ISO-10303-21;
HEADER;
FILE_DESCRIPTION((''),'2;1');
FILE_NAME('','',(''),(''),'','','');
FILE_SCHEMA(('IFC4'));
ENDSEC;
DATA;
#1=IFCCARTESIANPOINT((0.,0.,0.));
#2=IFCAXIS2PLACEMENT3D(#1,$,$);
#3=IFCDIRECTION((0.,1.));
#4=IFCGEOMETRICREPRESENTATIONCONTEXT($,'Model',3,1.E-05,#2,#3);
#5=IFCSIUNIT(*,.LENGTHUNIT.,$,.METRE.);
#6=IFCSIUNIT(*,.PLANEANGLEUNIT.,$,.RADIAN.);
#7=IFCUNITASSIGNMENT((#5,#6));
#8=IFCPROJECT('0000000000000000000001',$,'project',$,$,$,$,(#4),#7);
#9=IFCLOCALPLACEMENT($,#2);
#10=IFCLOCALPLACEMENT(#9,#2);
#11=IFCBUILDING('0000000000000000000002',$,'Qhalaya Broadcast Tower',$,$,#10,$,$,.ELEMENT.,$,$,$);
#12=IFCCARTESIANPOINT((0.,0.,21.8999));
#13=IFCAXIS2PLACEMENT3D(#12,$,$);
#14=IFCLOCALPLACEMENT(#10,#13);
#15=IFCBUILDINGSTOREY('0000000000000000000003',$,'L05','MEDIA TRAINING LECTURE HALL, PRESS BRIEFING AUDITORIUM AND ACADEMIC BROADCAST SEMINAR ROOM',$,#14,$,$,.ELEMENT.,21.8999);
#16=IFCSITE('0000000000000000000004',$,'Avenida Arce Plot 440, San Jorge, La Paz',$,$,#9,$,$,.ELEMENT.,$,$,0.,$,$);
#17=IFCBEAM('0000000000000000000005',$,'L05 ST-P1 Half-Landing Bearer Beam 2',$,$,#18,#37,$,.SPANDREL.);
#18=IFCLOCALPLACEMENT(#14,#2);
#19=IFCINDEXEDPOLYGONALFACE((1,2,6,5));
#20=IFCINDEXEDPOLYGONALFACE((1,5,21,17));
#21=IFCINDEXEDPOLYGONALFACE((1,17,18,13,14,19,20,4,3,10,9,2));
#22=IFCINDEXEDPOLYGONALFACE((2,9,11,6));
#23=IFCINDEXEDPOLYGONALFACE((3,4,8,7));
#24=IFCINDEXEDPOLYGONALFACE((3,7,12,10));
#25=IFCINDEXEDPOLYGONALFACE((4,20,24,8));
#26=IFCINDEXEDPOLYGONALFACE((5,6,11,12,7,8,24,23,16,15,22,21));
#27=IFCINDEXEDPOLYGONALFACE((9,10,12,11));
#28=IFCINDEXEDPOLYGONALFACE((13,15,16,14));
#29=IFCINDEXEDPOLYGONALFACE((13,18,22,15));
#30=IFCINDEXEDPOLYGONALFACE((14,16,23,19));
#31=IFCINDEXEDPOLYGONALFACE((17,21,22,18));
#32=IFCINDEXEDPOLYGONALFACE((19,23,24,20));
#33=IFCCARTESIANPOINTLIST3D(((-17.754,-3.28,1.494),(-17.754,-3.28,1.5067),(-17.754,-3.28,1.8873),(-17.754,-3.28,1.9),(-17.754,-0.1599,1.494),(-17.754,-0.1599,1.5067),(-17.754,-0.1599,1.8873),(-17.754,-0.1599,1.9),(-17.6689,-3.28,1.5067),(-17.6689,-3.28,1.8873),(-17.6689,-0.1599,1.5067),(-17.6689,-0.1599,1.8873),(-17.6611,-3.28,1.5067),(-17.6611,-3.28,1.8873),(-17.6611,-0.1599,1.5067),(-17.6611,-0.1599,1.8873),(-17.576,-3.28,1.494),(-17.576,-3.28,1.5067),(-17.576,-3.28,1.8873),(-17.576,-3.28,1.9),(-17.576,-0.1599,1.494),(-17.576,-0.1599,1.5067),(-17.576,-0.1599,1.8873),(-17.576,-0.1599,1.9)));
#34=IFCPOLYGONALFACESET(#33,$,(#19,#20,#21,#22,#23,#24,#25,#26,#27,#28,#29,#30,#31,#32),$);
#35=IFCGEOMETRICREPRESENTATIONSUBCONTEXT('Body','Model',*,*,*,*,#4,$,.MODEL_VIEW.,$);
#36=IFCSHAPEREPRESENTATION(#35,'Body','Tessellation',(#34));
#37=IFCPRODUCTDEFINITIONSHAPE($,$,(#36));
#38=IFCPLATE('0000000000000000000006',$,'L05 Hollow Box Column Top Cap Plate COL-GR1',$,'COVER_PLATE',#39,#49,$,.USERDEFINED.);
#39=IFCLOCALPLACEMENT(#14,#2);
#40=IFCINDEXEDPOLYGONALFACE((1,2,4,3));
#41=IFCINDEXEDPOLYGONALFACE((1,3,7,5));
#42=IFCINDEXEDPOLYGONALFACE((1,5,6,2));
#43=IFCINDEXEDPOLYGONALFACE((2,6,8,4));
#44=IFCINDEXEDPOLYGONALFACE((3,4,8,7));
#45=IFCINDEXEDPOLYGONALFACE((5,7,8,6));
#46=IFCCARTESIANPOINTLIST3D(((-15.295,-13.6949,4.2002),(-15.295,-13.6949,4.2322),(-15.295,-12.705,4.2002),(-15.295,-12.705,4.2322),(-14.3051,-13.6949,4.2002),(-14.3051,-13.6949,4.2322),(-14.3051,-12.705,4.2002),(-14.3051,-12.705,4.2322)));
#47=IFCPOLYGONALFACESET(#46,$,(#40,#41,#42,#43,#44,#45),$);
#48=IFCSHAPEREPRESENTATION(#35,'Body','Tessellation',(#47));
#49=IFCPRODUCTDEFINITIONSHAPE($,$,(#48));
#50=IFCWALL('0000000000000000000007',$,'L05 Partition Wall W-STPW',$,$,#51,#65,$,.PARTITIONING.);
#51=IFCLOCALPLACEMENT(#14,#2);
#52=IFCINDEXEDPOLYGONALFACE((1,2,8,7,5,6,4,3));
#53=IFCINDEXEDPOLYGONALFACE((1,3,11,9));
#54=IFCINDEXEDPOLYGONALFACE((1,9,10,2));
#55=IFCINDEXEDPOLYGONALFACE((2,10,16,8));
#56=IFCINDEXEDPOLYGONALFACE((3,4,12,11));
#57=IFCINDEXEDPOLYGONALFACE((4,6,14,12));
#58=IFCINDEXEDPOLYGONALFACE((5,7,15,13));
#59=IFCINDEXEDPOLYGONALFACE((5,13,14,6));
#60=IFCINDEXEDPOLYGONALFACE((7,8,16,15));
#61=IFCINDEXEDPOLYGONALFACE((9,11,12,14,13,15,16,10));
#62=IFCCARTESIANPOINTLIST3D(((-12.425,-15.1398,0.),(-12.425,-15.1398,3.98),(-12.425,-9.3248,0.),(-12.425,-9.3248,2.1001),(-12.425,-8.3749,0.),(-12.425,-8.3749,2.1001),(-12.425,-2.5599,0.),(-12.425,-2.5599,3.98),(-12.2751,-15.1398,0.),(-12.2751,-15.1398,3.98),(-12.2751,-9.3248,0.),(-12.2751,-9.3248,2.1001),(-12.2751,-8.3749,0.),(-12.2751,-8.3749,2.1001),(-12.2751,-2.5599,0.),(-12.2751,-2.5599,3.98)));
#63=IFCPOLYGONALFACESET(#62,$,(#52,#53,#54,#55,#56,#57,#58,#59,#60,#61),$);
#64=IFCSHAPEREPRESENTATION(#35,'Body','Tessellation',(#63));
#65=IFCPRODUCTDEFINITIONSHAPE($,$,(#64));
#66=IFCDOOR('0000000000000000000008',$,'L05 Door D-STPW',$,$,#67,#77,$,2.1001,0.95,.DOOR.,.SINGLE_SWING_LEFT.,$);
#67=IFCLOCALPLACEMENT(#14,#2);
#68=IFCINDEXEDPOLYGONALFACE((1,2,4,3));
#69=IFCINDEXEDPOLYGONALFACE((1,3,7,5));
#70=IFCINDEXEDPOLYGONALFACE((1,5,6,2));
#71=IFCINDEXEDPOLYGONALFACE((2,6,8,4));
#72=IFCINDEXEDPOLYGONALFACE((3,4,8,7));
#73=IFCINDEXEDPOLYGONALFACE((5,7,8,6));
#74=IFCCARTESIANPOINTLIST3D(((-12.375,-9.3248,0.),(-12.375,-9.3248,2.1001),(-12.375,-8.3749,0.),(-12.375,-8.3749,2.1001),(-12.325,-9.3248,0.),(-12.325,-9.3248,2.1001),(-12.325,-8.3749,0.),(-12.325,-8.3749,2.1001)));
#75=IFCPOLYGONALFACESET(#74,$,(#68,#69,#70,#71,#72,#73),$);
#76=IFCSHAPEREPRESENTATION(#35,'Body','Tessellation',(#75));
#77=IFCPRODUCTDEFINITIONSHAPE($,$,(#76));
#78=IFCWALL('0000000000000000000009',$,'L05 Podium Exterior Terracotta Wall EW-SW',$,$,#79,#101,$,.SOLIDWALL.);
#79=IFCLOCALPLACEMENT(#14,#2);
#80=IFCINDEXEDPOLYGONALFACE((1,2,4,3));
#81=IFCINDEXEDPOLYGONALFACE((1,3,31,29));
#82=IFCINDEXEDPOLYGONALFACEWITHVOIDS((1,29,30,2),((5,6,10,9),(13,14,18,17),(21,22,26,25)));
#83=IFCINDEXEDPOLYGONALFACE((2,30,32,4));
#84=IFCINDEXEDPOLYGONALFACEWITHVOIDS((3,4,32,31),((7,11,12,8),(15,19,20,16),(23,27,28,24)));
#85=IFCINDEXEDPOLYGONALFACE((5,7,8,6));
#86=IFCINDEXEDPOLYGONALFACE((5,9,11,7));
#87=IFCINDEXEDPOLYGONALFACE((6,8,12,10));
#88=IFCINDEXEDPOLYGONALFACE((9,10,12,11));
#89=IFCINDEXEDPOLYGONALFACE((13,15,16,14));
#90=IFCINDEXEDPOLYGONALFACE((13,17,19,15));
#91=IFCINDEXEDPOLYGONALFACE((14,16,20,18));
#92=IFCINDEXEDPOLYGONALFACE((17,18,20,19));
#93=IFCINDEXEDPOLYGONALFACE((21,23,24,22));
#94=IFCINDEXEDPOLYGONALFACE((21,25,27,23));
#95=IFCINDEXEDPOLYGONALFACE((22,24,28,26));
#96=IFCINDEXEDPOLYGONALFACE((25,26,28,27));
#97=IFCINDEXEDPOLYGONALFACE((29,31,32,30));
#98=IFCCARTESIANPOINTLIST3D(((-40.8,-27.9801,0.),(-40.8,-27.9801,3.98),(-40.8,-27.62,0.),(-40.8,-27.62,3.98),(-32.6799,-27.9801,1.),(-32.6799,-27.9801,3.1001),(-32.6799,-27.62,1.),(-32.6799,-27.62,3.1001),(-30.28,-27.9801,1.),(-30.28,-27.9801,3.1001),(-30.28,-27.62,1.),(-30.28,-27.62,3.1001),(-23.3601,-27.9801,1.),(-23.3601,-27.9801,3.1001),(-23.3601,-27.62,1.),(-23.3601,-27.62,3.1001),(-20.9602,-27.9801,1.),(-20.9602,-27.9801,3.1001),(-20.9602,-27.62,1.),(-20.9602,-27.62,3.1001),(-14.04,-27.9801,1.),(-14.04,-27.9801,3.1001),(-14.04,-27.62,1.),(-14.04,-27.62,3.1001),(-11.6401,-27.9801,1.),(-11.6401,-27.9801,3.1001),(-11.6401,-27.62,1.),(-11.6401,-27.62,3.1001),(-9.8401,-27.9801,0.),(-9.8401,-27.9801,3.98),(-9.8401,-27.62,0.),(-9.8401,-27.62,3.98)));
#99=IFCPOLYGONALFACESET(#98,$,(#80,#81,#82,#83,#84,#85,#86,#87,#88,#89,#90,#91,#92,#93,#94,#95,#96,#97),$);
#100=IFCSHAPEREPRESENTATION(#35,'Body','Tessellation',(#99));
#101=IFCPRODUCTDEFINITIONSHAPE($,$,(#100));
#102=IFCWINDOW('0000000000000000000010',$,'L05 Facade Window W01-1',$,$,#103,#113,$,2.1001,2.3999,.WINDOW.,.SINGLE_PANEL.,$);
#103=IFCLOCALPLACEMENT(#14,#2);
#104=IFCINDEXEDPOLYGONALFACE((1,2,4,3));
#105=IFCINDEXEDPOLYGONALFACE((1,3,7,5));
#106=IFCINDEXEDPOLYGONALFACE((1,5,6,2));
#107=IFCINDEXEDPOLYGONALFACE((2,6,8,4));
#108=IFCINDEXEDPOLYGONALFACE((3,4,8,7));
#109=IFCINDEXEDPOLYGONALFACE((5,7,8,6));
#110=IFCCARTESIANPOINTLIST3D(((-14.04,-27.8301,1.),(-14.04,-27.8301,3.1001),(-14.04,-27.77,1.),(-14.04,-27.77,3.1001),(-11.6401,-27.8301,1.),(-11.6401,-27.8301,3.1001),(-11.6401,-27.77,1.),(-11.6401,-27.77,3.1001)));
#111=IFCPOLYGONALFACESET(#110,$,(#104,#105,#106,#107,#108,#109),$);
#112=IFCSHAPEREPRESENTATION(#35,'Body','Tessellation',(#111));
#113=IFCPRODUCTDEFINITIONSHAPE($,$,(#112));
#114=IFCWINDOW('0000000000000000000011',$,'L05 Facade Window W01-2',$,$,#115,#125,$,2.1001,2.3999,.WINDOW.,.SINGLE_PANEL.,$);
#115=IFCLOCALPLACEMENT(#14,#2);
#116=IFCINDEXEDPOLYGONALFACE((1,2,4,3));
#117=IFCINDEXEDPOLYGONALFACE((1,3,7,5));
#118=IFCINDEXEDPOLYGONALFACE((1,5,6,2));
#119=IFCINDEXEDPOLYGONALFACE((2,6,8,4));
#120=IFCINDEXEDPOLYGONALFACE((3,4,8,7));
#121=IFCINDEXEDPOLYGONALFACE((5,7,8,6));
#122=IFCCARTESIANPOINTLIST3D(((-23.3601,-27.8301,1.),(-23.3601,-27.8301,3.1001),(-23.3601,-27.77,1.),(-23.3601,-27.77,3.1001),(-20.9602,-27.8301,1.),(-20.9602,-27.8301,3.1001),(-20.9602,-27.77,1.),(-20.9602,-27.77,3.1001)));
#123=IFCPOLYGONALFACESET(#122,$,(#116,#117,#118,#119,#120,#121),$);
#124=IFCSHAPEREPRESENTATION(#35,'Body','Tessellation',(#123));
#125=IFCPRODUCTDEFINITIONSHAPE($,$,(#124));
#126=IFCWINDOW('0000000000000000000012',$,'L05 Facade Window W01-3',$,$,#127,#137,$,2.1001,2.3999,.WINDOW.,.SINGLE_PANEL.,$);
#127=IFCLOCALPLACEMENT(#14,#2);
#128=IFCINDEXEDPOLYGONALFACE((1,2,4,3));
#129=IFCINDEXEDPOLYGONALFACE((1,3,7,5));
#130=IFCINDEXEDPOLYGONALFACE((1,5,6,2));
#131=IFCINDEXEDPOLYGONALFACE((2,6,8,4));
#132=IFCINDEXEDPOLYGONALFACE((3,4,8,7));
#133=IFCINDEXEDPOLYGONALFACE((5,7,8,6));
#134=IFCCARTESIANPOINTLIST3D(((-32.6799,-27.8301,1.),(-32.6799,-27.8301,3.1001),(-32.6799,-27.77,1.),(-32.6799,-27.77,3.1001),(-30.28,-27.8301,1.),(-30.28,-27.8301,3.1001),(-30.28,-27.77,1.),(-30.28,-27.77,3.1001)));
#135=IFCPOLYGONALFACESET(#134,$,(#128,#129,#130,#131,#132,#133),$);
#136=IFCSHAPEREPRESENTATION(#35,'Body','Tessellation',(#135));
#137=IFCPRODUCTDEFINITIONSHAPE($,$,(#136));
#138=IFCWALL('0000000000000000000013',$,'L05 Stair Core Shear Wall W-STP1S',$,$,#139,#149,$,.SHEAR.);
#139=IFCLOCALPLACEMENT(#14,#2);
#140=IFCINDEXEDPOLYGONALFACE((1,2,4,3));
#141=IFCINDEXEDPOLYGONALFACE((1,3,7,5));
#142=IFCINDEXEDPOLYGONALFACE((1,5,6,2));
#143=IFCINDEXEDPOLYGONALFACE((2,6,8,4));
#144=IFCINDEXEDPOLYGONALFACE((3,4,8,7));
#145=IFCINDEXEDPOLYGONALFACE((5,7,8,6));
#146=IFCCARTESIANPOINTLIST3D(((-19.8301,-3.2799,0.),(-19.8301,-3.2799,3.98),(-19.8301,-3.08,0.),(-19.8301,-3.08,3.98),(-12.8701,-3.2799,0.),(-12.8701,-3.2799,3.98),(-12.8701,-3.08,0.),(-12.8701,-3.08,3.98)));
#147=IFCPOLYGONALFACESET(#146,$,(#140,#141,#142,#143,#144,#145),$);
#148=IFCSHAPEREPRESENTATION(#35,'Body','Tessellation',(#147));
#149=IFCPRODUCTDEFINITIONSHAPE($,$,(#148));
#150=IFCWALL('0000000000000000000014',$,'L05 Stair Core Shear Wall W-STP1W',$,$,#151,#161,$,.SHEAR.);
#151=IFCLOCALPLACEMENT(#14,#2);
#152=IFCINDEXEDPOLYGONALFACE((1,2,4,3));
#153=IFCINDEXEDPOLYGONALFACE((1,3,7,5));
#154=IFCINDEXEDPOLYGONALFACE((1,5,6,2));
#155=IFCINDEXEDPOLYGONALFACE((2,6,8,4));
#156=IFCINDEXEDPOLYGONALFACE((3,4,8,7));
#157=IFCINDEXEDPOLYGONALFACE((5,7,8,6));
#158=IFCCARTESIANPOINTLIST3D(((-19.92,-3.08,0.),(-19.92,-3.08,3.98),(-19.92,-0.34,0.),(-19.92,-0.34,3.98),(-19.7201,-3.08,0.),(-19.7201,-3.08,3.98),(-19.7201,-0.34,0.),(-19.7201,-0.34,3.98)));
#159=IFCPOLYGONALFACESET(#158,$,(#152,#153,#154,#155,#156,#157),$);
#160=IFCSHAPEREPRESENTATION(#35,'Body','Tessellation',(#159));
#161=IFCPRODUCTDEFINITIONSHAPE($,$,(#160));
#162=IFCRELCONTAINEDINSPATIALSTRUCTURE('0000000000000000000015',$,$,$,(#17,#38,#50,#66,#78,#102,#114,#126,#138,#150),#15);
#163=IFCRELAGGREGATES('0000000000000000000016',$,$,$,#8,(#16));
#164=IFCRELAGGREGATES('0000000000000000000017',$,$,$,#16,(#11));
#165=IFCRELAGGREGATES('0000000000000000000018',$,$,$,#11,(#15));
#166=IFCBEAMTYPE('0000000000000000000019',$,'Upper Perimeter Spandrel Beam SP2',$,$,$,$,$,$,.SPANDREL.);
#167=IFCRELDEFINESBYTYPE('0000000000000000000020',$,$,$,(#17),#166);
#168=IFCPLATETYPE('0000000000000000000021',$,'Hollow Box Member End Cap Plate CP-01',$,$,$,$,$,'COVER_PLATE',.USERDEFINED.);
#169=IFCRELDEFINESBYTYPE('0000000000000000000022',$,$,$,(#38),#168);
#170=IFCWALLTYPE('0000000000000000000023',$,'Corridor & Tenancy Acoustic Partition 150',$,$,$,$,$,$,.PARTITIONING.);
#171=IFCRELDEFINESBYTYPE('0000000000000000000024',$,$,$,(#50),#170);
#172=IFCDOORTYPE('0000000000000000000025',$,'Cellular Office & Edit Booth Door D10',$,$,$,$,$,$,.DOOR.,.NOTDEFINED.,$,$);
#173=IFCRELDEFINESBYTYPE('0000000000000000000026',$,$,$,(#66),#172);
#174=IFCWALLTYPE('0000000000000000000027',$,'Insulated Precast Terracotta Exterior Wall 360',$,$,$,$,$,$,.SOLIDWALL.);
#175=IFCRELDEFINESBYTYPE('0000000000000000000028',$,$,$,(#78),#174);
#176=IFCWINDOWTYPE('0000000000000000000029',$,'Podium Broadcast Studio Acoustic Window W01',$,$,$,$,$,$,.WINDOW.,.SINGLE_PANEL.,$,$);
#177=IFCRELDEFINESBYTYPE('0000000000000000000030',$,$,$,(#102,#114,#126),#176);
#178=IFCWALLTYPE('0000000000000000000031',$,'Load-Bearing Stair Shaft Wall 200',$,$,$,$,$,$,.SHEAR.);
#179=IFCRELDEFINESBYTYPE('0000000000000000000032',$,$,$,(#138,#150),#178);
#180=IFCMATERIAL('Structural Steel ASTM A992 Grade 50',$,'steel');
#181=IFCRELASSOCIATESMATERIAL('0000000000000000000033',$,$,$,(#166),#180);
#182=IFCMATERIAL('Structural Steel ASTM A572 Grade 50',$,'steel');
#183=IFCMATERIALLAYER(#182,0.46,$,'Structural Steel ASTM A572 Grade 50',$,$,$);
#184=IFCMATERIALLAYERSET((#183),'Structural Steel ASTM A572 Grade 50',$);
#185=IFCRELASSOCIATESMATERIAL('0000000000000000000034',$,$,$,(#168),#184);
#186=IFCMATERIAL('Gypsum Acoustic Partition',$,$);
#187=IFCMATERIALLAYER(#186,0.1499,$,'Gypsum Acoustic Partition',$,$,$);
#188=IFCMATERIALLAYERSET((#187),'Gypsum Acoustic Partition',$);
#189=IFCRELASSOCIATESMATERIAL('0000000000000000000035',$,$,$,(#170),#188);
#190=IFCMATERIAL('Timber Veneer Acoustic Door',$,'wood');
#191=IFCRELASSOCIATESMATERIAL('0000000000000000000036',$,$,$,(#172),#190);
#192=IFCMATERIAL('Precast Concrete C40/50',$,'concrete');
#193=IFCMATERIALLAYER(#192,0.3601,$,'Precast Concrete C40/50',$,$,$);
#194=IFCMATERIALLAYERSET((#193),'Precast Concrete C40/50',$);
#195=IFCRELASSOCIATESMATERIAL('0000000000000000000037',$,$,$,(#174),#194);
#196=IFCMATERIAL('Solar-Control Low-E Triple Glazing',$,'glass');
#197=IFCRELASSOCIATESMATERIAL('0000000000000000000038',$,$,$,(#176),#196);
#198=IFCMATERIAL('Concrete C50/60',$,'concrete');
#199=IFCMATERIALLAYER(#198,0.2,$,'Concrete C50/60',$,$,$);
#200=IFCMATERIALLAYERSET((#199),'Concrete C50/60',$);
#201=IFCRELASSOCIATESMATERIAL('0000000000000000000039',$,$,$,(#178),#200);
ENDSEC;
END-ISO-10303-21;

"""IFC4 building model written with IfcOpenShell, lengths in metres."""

from ifc_helpers import new_model, si_unit, direction, frame, frame_2d, origin, origin_2d, place, context, subcontext, project, spatial, rectangle, i_section, extrude, material, layer, layer_set, material_profile, profile_set, type_object, element, fill, save


model = new_model("IFC4")

# Units and contexts
model_context = context("Model", 3, precision=1e-05, world=origin(), true_north=direction((0.0, 1.0)))
body_context = subcontext(model_context, "Body", "Model", "MODEL_VIEW")
ifc_project = project(units=[si_unit("LENGTHUNIT", "METRE"), si_unit("PLANEANGLEUNIT", "RADIAN")], contexts=[model_context])

# Site, building, storey
site_placement = place(None, origin())
site = spatial("IfcSite", under=ifc_project, at=site_placement, Name="Avenida Arce Plot 440, San Jorge, La Paz", CompositionType="ELEMENT", RefElevation=0.0)
building_placement = place(site_placement, origin())
building = spatial("IfcBuilding", under=site, at=building_placement, Name="Qhalaya Broadcast Tower", CompositionType="ELEMENT")
storey_placement = place(building_placement, frame((0.0, 0.0, 21.8999)))
storey = spatial("IfcBuildingStorey", under=building, at=storey_placement, Name="L05", Description="MEDIA TRAINING LECTURE HALL, PRESS BRIEFING AUDITORIUM AND ACADEMIC BROADCAST SEMINAR ROOM", CompositionType="ELEMENT", Elevation=21.8999)

# Shared definitions
ifc_material_1 = material(Name="Structural Steel ASTM A572 Grade 50", Category="steel")

# Beam
ifc_material_2 = material(Name="Structural Steel ASTM A992 Grade 50", Category="steel")
ifc_material_profile_1 = material_profile(ifc_material_2, i_section(OverallWidth=0.178, OverallDepth=0.406, WebThickness=0.0078, FlangeThickness=0.0127, at=origin_2d()), Name="W16X40")
ifc_profile_set_1 = profile_set([ifc_material_profile_1], Name="Structural Steel ASTM A992 Grade 50")
beam_type_1 = type_object("IfcBeamType", Name="Upper Perimeter Spandrel Beam SP2", PredefinedType="SPANDREL", material=ifc_profile_set_1)
for number, where, z_axis, x_axis, name in (
    (1, (-17.665, -3.28, 1.697), (0.0, 1.0, 0.0), (-1.0, 0.0, 0.0), "L05 ST-P1 Half-Landing Bearer Beam 2"),
):
    element("IfcBeam", number, at=place(storey_placement, frame(where, z_axis=z_axis, x_axis=x_axis)), inside=storey, type_object=beam_type_1, Name=name, PredefinedType="SPANDREL", context=body_context, shape_type="SweptSolid", body=[
        extrude(i_section(OverallWidth=0.178, OverallDepth=0.406, WebThickness=0.0078, FlangeThickness=0.0127, at=origin_2d()), origin(), (0.0, 0.0, 1.0), 3.1201),
    ])

# Plate
ifc_layer_1 = layer(ifc_material_1, 0.46, Name="Structural Steel ASTM A572 Grade 50")
ifc_layer_set_1 = layer_set([ifc_layer_1], Name="Structural Steel ASTM A572 Grade 50")
plate_type = type_object("IfcPlateType", Name="Hollow Box Member End Cap Plate CP-01", ElementType="COVER_PLATE", PredefinedType="USERDEFINED", material=ifc_layer_set_1)
plate_placement = place(storey_placement, frame((-14.8, -13.2, 4.2002), z_axis=(0.0, 0.0, 1.0), x_axis=(1.0, 0.0, 0.0)))
element("IfcPlate", 2, at=plate_placement, inside=storey, type_object=plate_type, Name="L05 Hollow Box Column Top Cap Plate COL-GR1", ObjectType="COVER_PLATE", PredefinedType="USERDEFINED", context=body_context, shape_type="SweptSolid", body=[
    extrude(rectangle(XDim=0.99, YDim=0.99, at=origin_2d()), origin(), (0.0, 0.0, 1.0), 0.032),
])

# Wall, opening, door
ifc_material_3 = material(Name="Gypsum Acoustic Partition")
ifc_layer_2 = layer(ifc_material_3, 0.1499, Name="Gypsum Acoustic Partition")
ifc_layer_set_2 = layer_set([ifc_layer_2], Name="Gypsum Acoustic Partition")
wall_type_1 = type_object("IfcWallType", Name="Corridor & Tenancy Acoustic Partition 150", PredefinedType="PARTITIONING", material=ifc_layer_set_2)
wall_1_placement = place(storey_placement, frame((-12.3501, -15.1399, 0.0), z_axis=(0.0, 0.0, 1.0), x_axis=(0.0, 1.0, 0.0)))
wall_1 = element("IfcWall", 3, at=wall_1_placement, inside=storey, type_object=wall_type_1, Name="L05 Partition Wall W-STPW", PredefinedType="PARTITIONING", context=body_context, shape_type="SweptSolid", body=[
    extrude(rectangle(XDim=12.5798, YDim=0.1499, at=frame_2d((6.29, 0.0))), origin(), (0.0, 0.0, 1.0), 3.98),
])
opening_1_placement = place(wall_1_placement, frame((5.8149, 0.0, 0.0)))
opening_1 = element("IfcOpeningElement", 4, at=opening_1_placement, cuts=wall_1, PredefinedType="OPENING", context=body_context, shape_type="SweptSolid", body=[
    extrude(rectangle(XDim=0.95, YDim=2.1001, at=frame_2d((0.4751, 1.05))), frame((0.0, 0.0869, 0.0), z_axis=(0.0, -1.0, 0.0), x_axis=(1.0, 0.0, 0.0)), (0.0, 0.0, 1.0), 0.1738),
])
ifc_material_4 = material(Name="Timber Veneer Acoustic Door", Category="wood")
door_type = type_object("IfcDoorType", Name="Cellular Office & Edit Booth Door D10", OperationType="NOTDEFINED", PredefinedType="DOOR", material=ifc_material_4)
door_placement = place(opening_1_placement, origin())
door = element("IfcDoor", 5, at=door_placement, inside=storey, type_object=door_type, Name="L05 Door D-STPW", OperationType="SINGLE_SWING_LEFT", OverallHeight=2.1001, OverallWidth=0.95, PredefinedType="DOOR", context=body_context, shape_type="SweptSolid", body=[
    extrude(rectangle(XDim=0.95, YDim=2.1001, at=frame_2d((0.4751, 1.05))), frame((0.0, 0.0249, 0.0), z_axis=(0.0, -1.0, 0.0), x_axis=(1.0, 0.0, 0.0)), (0.0, 0.0, 1.0), 0.05),
])
fill(opening_1, door)

# Wall, openings, windows
ifc_material_5 = material(Name="Precast Concrete C40/50", Category="concrete")
ifc_layer_3 = layer(ifc_material_5, 0.3601, Name="Precast Concrete C40/50")
ifc_layer_set_3 = layer_set([ifc_layer_3], Name="Precast Concrete C40/50")
wall_type_2 = type_object("IfcWallType", Name="Insulated Precast Terracotta Exterior Wall 360", PredefinedType="SOLIDWALL", material=ifc_layer_set_3)
wall_2_placement = place(storey_placement, frame((-9.8401, -27.8, 0.0), z_axis=(0.0, 0.0, 1.0), x_axis=(-1.0, 0.0, 0.0)))
wall_2 = element("IfcWall", 6, at=wall_2_placement, inside=storey, type_object=wall_type_2, Name="L05 Podium Exterior Terracotta Wall EW-SW", PredefinedType="SOLIDWALL", context=body_context, shape_type="SweptSolid", body=[
    extrude(rectangle(XDim=30.96, YDim=0.3601, at=frame_2d((15.48, 0.0))), origin(), (0.0, 0.0, 1.0), 3.98),
])
opening_2_placement = place(wall_2_placement, frame((1.8, 0.0, 1.0)))
opening_2 = element("IfcOpeningElement", 7, at=opening_2_placement, cuts=wall_2, PredefinedType="OPENING", context=body_context, shape_type="SweptSolid", body=[
    extrude(rectangle(XDim=2.3999, YDim=2.1001, at=frame_2d((1.2, 1.05))), frame((0.0, 0.1921, 0.0), z_axis=(0.0, -1.0, 0.0), x_axis=(1.0, 0.0, 0.0)), (0.0, 0.0, 1.0), 0.384),
])
opening_3_placement = place(wall_2_placement, frame((11.1201, 0.0, 1.0)))
opening_3 = element("IfcOpeningElement", 8, at=opening_3_placement, cuts=wall_2, PredefinedType="OPENING", context=body_context, shape_type="SweptSolid", body=[
    extrude(rectangle(XDim=2.3999, YDim=2.1001, at=frame_2d((1.2, 1.05))), frame((0.0, 0.1921, 0.0), z_axis=(0.0, -1.0, 0.0), x_axis=(1.0, 0.0, 0.0)), (0.0, 0.0, 1.0), 0.384),
])
opening_4_placement = place(wall_2_placement, frame((20.4399, 0.0, 1.0)))
opening_4 = element("IfcOpeningElement", 9, at=opening_4_placement, cuts=wall_2, PredefinedType="OPENING", context=body_context, shape_type="SweptSolid", body=[
    extrude(rectangle(XDim=2.3999, YDim=2.1001, at=frame_2d((1.2, 1.05))), frame((0.0, 0.1921, 0.0), z_axis=(0.0, -1.0, 0.0), x_axis=(1.0, 0.0, 0.0)), (0.0, 0.0, 1.0), 0.384),
])
ifc_material_6 = material(Name="Solar-Control Low-E Triple Glazing", Category="glass")
window_type = type_object("IfcWindowType", Name="Podium Broadcast Studio Acoustic Window W01", PartitioningType="SINGLE_PANEL", PredefinedType="WINDOW", material=ifc_material_6)
window_1_placement = place(opening_2_placement, origin())
window_1 = element("IfcWindow", 10, at=window_1_placement, inside=storey, type_object=window_type, Name="L05 Facade Window W01-1", OverallHeight=2.1001, OverallWidth=2.3999, PartitioningType="SINGLE_PANEL", PredefinedType="WINDOW", context=body_context, shape_type="SweptSolid", body=[
    extrude(rectangle(XDim=2.3999, YDim=2.1001, at=frame_2d((1.2, 1.05))), frame((0.0, 0.03, 0.0), z_axis=(0.0, -1.0, 0.0), x_axis=(1.0, 0.0, 0.0)), (0.0, 0.0, 1.0), 0.0601),
])
fill(opening_2, window_1)
window_2_placement = place(opening_3_placement, origin())
window_2 = element("IfcWindow", 11, at=window_2_placement, inside=storey, type_object=window_type, Name="L05 Facade Window W01-2", OverallHeight=2.1001, OverallWidth=2.3999, PartitioningType="SINGLE_PANEL", PredefinedType="WINDOW", context=body_context, shape_type="SweptSolid", body=[
    extrude(rectangle(XDim=2.3999, YDim=2.1001, at=frame_2d((1.2, 1.05))), frame((0.0, 0.03, 0.0), z_axis=(0.0, -1.0, 0.0), x_axis=(1.0, 0.0, 0.0)), (0.0, 0.0, 1.0), 0.0601),
])
fill(opening_3, window_2)
window_3_placement = place(opening_4_placement, origin())
window_3 = element("IfcWindow", 12, at=window_3_placement, inside=storey, type_object=window_type, Name="L05 Facade Window W01-3", OverallHeight=2.1001, OverallWidth=2.3999, PartitioningType="SINGLE_PANEL", PredefinedType="WINDOW", context=body_context, shape_type="SweptSolid", body=[
    extrude(rectangle(XDim=2.3999, YDim=2.1001, at=frame_2d((1.2, 1.05))), frame((0.0, 0.03, 0.0), z_axis=(0.0, -1.0, 0.0), x_axis=(1.0, 0.0, 0.0)), (0.0, 0.0, 1.0), 0.0601),
])
fill(opening_4, window_3)

# Walls
ifc_material_7 = material(Name="Concrete C50/60", Category="concrete")
ifc_layer_4 = layer(ifc_material_7, 0.2, Name="Concrete C50/60")
ifc_layer_set_4 = layer_set([ifc_layer_4], Name="Concrete C50/60")
wall_type_3 = type_object("IfcWallType", Name="Load-Bearing Stair Shaft Wall 200", PredefinedType="SHEAR", material=ifc_layer_set_4)
wall_3_placement = place(storey_placement, frame((-19.8301, -3.1799, 0.0), z_axis=(0.0, 0.0, 1.0), x_axis=(1.0, 0.0, 0.0)))
element("IfcWall", 13, at=wall_3_placement, inside=storey, type_object=wall_type_3, Name="L05 Stair Core Shear Wall W-STP1S", PredefinedType="SHEAR", context=body_context, shape_type="SweptSolid", body=[
    extrude(rectangle(XDim=6.96, YDim=0.2, at=frame_2d((3.48, 0.0))), origin(), (0.0, 0.0, 1.0), 3.98),
])
wall_4_placement = place(storey_placement, frame((-19.8201, -3.0801, 0.0), z_axis=(0.0, 0.0, 1.0), x_axis=(0.0, 1.0, 0.0)))
element("IfcWall", 14, at=wall_4_placement, inside=storey, type_object=wall_type_3, Name="L05 Stair Core Shear Wall W-STP1W", PredefinedType="SHEAR", context=body_context, shape_type="SweptSolid", body=[
    extrude(rectangle(XDim=2.74, YDim=0.2, at=frame_2d((1.3701, 0.0))), origin(), (0.0, 0.0, 1.0), 3.98),
])

save(model, "model.ifc")
